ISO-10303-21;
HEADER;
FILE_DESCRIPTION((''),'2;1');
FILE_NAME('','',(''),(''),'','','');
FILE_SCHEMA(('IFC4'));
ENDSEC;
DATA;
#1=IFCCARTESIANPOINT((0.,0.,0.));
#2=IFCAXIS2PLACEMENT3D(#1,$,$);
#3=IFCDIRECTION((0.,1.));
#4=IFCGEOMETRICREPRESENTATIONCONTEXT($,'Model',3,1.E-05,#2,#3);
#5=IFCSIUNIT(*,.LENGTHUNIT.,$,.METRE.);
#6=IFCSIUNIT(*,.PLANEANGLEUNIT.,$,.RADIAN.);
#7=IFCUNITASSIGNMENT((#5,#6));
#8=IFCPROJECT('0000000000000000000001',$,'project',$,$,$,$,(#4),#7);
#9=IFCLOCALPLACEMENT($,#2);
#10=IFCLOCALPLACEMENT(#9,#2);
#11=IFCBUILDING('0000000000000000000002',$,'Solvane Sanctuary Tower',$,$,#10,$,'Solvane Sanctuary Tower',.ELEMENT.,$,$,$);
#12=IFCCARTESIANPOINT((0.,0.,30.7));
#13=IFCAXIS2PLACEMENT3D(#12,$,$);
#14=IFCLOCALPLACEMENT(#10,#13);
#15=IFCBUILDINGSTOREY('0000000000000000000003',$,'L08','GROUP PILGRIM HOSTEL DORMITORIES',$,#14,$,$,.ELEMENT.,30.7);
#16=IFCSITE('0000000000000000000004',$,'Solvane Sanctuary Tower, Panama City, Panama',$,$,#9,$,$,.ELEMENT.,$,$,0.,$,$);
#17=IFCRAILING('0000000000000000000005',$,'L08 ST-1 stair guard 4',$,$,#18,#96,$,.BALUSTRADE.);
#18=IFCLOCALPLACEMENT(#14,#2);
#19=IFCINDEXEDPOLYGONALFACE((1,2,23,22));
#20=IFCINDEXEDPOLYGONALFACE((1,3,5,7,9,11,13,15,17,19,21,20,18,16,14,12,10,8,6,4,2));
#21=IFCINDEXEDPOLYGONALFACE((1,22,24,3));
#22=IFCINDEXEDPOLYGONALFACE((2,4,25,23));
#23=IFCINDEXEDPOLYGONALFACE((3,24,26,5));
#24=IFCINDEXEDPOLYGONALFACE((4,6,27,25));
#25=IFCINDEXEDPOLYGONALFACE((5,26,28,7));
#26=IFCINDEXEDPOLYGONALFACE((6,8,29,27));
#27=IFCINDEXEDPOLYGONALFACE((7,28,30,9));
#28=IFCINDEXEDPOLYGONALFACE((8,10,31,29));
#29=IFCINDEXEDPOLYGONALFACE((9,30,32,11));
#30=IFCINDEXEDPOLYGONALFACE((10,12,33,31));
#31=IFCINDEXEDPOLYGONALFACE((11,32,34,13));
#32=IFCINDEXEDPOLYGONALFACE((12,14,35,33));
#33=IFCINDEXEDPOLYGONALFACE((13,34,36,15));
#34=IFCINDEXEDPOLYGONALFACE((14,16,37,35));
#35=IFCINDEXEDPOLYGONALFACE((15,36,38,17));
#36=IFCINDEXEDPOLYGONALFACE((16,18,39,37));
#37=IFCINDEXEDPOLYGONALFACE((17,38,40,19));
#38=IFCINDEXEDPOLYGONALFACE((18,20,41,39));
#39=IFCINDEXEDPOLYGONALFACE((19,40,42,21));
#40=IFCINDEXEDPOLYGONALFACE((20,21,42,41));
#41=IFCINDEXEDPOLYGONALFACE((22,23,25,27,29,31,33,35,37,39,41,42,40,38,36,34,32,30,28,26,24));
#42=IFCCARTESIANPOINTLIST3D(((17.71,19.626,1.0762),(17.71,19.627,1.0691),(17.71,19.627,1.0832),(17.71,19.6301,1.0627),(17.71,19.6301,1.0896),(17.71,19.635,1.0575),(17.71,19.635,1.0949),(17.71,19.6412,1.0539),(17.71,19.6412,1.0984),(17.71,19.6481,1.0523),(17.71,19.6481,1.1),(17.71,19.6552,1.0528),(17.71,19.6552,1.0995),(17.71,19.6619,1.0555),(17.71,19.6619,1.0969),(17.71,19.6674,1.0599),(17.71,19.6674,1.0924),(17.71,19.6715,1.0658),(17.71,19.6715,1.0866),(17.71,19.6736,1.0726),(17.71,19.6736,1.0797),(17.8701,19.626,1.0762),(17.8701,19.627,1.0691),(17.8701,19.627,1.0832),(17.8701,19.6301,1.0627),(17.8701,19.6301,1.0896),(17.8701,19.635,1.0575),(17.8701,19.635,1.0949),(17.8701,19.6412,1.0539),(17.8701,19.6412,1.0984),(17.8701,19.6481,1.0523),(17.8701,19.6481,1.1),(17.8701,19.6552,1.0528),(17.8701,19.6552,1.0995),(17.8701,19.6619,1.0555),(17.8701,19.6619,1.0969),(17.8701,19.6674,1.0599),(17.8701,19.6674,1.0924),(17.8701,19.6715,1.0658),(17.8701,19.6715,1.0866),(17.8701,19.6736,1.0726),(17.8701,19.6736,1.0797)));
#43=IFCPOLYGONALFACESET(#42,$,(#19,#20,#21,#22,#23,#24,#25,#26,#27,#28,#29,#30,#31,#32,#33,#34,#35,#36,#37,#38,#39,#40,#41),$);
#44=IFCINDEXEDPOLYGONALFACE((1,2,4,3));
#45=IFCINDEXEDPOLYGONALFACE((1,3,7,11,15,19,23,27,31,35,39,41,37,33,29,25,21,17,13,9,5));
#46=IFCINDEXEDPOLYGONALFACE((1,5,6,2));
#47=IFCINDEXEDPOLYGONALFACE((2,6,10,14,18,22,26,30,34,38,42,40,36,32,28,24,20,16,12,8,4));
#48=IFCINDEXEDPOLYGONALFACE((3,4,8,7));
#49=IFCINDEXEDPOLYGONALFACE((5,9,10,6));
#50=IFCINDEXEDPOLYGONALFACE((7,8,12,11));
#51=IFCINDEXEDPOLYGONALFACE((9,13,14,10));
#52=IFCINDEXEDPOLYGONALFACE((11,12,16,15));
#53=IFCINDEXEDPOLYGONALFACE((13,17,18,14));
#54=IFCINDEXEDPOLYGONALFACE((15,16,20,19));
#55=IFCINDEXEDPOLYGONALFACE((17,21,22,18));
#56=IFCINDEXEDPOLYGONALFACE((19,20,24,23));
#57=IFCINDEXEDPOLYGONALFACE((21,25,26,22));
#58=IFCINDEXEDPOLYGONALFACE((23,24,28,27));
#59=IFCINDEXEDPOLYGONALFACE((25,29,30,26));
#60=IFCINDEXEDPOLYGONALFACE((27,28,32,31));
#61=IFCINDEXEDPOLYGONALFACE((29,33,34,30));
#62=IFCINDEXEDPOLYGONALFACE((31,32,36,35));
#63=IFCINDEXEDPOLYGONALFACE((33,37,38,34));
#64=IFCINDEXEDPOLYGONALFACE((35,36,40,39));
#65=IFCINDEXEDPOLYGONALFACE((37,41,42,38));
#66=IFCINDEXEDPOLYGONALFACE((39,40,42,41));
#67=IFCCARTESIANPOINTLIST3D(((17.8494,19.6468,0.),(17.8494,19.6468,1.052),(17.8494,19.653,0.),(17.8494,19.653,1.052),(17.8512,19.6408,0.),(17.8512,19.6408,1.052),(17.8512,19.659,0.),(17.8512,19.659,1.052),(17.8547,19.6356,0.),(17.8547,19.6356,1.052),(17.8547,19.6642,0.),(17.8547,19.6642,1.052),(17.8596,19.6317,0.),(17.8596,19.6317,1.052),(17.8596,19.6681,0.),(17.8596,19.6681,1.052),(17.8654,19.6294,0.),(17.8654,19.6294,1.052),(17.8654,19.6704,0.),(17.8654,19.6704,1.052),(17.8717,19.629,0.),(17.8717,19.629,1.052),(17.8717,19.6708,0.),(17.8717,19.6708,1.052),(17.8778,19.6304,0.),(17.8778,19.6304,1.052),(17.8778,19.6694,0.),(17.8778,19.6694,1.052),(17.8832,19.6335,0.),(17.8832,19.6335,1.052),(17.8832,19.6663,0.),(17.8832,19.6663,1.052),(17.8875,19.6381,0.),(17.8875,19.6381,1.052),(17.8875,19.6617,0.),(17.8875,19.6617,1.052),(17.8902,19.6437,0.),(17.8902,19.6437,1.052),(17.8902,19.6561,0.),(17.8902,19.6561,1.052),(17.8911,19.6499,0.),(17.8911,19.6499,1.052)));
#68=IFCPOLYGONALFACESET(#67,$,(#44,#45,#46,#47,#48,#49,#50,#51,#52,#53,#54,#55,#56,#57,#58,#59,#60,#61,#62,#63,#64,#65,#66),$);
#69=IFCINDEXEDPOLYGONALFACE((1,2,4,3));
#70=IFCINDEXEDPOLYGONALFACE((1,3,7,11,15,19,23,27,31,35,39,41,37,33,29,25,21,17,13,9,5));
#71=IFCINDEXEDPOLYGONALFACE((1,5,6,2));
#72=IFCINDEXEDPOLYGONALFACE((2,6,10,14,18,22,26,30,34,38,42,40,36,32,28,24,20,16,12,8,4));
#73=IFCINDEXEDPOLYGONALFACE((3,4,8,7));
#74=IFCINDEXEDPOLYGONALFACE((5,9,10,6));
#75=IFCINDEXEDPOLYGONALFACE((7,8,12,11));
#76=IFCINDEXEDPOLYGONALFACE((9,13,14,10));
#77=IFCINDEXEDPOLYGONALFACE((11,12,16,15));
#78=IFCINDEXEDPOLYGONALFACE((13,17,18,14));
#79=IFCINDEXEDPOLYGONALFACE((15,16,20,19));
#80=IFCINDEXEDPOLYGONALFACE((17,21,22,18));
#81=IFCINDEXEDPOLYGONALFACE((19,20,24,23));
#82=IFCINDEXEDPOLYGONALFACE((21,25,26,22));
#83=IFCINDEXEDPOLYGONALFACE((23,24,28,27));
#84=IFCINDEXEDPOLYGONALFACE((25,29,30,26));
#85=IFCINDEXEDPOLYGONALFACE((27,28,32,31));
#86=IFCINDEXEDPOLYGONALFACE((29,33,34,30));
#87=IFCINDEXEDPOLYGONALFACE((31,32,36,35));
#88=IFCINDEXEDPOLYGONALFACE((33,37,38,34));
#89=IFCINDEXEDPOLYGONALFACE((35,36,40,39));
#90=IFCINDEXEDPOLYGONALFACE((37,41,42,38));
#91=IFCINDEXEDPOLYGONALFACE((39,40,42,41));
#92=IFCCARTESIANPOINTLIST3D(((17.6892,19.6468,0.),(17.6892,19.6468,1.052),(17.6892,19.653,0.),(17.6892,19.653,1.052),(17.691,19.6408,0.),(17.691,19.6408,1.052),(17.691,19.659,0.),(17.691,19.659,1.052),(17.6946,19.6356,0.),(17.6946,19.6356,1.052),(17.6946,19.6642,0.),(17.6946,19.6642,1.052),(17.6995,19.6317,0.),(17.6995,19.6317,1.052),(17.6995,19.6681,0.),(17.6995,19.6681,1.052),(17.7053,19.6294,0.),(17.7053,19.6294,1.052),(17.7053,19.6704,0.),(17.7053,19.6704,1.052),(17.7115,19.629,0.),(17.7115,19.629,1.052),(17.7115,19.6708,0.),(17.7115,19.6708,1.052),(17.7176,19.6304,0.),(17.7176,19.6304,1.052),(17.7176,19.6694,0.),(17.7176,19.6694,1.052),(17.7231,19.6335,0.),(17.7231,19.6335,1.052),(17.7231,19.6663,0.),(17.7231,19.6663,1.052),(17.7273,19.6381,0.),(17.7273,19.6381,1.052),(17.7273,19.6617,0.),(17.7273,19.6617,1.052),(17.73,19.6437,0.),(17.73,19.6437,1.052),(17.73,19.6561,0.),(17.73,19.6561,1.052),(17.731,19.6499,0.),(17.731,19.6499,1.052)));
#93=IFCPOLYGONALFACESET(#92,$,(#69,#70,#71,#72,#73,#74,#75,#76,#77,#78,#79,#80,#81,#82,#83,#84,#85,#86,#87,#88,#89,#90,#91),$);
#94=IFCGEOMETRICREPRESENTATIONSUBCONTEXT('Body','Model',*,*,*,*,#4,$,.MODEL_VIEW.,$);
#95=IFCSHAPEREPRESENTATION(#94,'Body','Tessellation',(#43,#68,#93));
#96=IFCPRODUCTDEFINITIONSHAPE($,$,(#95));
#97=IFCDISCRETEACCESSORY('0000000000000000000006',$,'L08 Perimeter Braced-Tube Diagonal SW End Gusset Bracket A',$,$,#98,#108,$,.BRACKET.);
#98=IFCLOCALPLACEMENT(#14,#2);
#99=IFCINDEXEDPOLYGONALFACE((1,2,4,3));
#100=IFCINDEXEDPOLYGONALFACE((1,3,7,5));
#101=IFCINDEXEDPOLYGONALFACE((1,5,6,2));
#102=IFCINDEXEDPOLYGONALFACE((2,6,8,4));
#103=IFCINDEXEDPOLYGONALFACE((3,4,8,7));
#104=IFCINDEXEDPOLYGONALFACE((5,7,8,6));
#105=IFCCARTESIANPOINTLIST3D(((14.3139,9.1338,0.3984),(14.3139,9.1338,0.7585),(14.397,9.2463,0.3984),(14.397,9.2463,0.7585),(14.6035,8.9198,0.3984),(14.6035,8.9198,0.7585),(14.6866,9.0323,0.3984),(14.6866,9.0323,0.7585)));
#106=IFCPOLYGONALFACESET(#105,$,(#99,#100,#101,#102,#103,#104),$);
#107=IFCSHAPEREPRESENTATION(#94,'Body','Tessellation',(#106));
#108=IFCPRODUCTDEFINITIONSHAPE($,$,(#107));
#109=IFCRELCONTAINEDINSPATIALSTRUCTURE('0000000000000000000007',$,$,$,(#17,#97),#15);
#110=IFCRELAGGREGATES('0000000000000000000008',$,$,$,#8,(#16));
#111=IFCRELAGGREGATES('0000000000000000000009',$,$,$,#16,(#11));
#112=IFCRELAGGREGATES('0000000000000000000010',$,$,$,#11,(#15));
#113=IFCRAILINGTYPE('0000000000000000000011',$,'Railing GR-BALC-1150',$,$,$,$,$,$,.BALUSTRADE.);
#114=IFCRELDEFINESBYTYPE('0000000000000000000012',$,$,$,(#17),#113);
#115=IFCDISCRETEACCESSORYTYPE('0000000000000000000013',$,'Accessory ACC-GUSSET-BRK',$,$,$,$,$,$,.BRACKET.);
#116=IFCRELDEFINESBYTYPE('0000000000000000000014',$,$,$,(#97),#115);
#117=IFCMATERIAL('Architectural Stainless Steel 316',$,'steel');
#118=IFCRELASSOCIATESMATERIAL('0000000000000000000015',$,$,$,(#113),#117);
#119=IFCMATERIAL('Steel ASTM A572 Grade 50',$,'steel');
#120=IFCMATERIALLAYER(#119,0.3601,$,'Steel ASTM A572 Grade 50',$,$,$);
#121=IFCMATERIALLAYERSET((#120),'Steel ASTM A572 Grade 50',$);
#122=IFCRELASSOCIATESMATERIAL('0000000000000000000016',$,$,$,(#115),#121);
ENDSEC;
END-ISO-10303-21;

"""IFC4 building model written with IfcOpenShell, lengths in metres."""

from ifc_helpers import new_model, si_unit, direction, frame, origin, origin_2d, place, context, subcontext, project, spatial, rectangle, circle, extrude, material, layer, layer_set, type_object, element, save


model = new_model("IFC4")

# Units and contexts
model_context = context("Model", 3, precision=1e-05, world=origin(), true_north=direction((0.0, 1.0)))
body_context = subcontext(model_context, "Body", "Model", "MODEL_VIEW")
ifc_project = project(units=[si_unit("LENGTHUNIT", "METRE"), si_unit("PLANEANGLEUNIT", "RADIAN")], contexts=[model_context])

# Site, building, storey
site_placement = place(None, origin())
site = spatial("IfcSite", under=ifc_project, at=site_placement, Name="Solvane Sanctuary Tower, Panama City, Panama", CompositionType="ELEMENT", RefElevation=0.0)
building_placement = place(site_placement, origin())
building = spatial("IfcBuilding", under=site, at=building_placement, Name="Solvane Sanctuary Tower", LongName="Solvane Sanctuary Tower", CompositionType="ELEMENT")
storey_placement = place(building_placement, frame((0.0, 0.0, 30.7)))
storey = spatial("IfcBuildingStorey", under=building, at=storey_placement, Name="L08", Description="GROUP PILGRIM HOSTEL DORMITORIES", CompositionType="ELEMENT", Elevation=30.7)

# Shared definitions
ifc_material_1 = material(Name="Architectural Stainless Steel 316", Category="steel")

# Railing
railing_type = type_object("IfcRailingType", Name="Railing GR-BALC-1150", PredefinedType="BALUSTRADE", material=ifc_material_1)
railing_1_placement = place(storey_placement, frame((17.8701, 19.6499, 0.0)))
element("IfcRailing", 1, at=railing_1_placement, inside=storey, type_object=railing_type, Name="L08 ST-1 stair guard 4", PredefinedType="BALUSTRADE", context=body_context, shape_type="SweptSolid", body=[
    extrude(circle(Radius=0.0239, at=origin_2d()), frame((0.0, 0.0, 1.0762), z_axis=(-1.0, 0.0, 0.0), x_axis=(0.0, -1.0, 0.0)), (0.0, 0.0, 1.0), 0.1602),
    extrude(circle(Radius=0.021, at=origin_2d()), origin(), (0.0, 0.0, 1.0), 1.052),
    extrude(circle(Radius=0.021, at=origin_2d()), frame((-0.1602, 0.0, 0.0)), (0.0, 0.0, 1.0), 1.052),
])

# Discrete accessory
ifc_material_2 = material(Name="Steel ASTM A572 Grade 50", Category="steel")
ifc_layer_1 = layer(ifc_material_2, 0.3601, Name="Steel ASTM A572 Grade 50")
ifc_layer_set_1 = layer_set([ifc_layer_1], Name="Steel ASTM A572 Grade 50")
discrete_accessory_type = type_object("IfcDiscreteAccessoryType", Name="Accessory ACC-GUSSET-BRK", PredefinedType="BRACKET", material=ifc_layer_set_1)
discrete_accessory_placement = place(storey_placement, frame((14.5002, 9.083, 0.3984), z_axis=(0.0, 0.0, 1.0), x_axis=(0.804272, -0.594261, 0.0)))
element("IfcDiscreteAccessory", 2, at=discrete_accessory_placement, inside=storey, type_object=discrete_accessory_type, Name="L08 Perimeter Braced-Tube Diagonal SW End Gusset Bracket A", PredefinedType="BRACKET", context=body_context, shape_type="SweptSolid", body=[
    extrude(rectangle(XDim=0.3601, YDim=0.1399, at=origin_2d()), origin(), (0.0, 0.0, 1.0), 0.3601),
])

save(model, "model.ifc")
